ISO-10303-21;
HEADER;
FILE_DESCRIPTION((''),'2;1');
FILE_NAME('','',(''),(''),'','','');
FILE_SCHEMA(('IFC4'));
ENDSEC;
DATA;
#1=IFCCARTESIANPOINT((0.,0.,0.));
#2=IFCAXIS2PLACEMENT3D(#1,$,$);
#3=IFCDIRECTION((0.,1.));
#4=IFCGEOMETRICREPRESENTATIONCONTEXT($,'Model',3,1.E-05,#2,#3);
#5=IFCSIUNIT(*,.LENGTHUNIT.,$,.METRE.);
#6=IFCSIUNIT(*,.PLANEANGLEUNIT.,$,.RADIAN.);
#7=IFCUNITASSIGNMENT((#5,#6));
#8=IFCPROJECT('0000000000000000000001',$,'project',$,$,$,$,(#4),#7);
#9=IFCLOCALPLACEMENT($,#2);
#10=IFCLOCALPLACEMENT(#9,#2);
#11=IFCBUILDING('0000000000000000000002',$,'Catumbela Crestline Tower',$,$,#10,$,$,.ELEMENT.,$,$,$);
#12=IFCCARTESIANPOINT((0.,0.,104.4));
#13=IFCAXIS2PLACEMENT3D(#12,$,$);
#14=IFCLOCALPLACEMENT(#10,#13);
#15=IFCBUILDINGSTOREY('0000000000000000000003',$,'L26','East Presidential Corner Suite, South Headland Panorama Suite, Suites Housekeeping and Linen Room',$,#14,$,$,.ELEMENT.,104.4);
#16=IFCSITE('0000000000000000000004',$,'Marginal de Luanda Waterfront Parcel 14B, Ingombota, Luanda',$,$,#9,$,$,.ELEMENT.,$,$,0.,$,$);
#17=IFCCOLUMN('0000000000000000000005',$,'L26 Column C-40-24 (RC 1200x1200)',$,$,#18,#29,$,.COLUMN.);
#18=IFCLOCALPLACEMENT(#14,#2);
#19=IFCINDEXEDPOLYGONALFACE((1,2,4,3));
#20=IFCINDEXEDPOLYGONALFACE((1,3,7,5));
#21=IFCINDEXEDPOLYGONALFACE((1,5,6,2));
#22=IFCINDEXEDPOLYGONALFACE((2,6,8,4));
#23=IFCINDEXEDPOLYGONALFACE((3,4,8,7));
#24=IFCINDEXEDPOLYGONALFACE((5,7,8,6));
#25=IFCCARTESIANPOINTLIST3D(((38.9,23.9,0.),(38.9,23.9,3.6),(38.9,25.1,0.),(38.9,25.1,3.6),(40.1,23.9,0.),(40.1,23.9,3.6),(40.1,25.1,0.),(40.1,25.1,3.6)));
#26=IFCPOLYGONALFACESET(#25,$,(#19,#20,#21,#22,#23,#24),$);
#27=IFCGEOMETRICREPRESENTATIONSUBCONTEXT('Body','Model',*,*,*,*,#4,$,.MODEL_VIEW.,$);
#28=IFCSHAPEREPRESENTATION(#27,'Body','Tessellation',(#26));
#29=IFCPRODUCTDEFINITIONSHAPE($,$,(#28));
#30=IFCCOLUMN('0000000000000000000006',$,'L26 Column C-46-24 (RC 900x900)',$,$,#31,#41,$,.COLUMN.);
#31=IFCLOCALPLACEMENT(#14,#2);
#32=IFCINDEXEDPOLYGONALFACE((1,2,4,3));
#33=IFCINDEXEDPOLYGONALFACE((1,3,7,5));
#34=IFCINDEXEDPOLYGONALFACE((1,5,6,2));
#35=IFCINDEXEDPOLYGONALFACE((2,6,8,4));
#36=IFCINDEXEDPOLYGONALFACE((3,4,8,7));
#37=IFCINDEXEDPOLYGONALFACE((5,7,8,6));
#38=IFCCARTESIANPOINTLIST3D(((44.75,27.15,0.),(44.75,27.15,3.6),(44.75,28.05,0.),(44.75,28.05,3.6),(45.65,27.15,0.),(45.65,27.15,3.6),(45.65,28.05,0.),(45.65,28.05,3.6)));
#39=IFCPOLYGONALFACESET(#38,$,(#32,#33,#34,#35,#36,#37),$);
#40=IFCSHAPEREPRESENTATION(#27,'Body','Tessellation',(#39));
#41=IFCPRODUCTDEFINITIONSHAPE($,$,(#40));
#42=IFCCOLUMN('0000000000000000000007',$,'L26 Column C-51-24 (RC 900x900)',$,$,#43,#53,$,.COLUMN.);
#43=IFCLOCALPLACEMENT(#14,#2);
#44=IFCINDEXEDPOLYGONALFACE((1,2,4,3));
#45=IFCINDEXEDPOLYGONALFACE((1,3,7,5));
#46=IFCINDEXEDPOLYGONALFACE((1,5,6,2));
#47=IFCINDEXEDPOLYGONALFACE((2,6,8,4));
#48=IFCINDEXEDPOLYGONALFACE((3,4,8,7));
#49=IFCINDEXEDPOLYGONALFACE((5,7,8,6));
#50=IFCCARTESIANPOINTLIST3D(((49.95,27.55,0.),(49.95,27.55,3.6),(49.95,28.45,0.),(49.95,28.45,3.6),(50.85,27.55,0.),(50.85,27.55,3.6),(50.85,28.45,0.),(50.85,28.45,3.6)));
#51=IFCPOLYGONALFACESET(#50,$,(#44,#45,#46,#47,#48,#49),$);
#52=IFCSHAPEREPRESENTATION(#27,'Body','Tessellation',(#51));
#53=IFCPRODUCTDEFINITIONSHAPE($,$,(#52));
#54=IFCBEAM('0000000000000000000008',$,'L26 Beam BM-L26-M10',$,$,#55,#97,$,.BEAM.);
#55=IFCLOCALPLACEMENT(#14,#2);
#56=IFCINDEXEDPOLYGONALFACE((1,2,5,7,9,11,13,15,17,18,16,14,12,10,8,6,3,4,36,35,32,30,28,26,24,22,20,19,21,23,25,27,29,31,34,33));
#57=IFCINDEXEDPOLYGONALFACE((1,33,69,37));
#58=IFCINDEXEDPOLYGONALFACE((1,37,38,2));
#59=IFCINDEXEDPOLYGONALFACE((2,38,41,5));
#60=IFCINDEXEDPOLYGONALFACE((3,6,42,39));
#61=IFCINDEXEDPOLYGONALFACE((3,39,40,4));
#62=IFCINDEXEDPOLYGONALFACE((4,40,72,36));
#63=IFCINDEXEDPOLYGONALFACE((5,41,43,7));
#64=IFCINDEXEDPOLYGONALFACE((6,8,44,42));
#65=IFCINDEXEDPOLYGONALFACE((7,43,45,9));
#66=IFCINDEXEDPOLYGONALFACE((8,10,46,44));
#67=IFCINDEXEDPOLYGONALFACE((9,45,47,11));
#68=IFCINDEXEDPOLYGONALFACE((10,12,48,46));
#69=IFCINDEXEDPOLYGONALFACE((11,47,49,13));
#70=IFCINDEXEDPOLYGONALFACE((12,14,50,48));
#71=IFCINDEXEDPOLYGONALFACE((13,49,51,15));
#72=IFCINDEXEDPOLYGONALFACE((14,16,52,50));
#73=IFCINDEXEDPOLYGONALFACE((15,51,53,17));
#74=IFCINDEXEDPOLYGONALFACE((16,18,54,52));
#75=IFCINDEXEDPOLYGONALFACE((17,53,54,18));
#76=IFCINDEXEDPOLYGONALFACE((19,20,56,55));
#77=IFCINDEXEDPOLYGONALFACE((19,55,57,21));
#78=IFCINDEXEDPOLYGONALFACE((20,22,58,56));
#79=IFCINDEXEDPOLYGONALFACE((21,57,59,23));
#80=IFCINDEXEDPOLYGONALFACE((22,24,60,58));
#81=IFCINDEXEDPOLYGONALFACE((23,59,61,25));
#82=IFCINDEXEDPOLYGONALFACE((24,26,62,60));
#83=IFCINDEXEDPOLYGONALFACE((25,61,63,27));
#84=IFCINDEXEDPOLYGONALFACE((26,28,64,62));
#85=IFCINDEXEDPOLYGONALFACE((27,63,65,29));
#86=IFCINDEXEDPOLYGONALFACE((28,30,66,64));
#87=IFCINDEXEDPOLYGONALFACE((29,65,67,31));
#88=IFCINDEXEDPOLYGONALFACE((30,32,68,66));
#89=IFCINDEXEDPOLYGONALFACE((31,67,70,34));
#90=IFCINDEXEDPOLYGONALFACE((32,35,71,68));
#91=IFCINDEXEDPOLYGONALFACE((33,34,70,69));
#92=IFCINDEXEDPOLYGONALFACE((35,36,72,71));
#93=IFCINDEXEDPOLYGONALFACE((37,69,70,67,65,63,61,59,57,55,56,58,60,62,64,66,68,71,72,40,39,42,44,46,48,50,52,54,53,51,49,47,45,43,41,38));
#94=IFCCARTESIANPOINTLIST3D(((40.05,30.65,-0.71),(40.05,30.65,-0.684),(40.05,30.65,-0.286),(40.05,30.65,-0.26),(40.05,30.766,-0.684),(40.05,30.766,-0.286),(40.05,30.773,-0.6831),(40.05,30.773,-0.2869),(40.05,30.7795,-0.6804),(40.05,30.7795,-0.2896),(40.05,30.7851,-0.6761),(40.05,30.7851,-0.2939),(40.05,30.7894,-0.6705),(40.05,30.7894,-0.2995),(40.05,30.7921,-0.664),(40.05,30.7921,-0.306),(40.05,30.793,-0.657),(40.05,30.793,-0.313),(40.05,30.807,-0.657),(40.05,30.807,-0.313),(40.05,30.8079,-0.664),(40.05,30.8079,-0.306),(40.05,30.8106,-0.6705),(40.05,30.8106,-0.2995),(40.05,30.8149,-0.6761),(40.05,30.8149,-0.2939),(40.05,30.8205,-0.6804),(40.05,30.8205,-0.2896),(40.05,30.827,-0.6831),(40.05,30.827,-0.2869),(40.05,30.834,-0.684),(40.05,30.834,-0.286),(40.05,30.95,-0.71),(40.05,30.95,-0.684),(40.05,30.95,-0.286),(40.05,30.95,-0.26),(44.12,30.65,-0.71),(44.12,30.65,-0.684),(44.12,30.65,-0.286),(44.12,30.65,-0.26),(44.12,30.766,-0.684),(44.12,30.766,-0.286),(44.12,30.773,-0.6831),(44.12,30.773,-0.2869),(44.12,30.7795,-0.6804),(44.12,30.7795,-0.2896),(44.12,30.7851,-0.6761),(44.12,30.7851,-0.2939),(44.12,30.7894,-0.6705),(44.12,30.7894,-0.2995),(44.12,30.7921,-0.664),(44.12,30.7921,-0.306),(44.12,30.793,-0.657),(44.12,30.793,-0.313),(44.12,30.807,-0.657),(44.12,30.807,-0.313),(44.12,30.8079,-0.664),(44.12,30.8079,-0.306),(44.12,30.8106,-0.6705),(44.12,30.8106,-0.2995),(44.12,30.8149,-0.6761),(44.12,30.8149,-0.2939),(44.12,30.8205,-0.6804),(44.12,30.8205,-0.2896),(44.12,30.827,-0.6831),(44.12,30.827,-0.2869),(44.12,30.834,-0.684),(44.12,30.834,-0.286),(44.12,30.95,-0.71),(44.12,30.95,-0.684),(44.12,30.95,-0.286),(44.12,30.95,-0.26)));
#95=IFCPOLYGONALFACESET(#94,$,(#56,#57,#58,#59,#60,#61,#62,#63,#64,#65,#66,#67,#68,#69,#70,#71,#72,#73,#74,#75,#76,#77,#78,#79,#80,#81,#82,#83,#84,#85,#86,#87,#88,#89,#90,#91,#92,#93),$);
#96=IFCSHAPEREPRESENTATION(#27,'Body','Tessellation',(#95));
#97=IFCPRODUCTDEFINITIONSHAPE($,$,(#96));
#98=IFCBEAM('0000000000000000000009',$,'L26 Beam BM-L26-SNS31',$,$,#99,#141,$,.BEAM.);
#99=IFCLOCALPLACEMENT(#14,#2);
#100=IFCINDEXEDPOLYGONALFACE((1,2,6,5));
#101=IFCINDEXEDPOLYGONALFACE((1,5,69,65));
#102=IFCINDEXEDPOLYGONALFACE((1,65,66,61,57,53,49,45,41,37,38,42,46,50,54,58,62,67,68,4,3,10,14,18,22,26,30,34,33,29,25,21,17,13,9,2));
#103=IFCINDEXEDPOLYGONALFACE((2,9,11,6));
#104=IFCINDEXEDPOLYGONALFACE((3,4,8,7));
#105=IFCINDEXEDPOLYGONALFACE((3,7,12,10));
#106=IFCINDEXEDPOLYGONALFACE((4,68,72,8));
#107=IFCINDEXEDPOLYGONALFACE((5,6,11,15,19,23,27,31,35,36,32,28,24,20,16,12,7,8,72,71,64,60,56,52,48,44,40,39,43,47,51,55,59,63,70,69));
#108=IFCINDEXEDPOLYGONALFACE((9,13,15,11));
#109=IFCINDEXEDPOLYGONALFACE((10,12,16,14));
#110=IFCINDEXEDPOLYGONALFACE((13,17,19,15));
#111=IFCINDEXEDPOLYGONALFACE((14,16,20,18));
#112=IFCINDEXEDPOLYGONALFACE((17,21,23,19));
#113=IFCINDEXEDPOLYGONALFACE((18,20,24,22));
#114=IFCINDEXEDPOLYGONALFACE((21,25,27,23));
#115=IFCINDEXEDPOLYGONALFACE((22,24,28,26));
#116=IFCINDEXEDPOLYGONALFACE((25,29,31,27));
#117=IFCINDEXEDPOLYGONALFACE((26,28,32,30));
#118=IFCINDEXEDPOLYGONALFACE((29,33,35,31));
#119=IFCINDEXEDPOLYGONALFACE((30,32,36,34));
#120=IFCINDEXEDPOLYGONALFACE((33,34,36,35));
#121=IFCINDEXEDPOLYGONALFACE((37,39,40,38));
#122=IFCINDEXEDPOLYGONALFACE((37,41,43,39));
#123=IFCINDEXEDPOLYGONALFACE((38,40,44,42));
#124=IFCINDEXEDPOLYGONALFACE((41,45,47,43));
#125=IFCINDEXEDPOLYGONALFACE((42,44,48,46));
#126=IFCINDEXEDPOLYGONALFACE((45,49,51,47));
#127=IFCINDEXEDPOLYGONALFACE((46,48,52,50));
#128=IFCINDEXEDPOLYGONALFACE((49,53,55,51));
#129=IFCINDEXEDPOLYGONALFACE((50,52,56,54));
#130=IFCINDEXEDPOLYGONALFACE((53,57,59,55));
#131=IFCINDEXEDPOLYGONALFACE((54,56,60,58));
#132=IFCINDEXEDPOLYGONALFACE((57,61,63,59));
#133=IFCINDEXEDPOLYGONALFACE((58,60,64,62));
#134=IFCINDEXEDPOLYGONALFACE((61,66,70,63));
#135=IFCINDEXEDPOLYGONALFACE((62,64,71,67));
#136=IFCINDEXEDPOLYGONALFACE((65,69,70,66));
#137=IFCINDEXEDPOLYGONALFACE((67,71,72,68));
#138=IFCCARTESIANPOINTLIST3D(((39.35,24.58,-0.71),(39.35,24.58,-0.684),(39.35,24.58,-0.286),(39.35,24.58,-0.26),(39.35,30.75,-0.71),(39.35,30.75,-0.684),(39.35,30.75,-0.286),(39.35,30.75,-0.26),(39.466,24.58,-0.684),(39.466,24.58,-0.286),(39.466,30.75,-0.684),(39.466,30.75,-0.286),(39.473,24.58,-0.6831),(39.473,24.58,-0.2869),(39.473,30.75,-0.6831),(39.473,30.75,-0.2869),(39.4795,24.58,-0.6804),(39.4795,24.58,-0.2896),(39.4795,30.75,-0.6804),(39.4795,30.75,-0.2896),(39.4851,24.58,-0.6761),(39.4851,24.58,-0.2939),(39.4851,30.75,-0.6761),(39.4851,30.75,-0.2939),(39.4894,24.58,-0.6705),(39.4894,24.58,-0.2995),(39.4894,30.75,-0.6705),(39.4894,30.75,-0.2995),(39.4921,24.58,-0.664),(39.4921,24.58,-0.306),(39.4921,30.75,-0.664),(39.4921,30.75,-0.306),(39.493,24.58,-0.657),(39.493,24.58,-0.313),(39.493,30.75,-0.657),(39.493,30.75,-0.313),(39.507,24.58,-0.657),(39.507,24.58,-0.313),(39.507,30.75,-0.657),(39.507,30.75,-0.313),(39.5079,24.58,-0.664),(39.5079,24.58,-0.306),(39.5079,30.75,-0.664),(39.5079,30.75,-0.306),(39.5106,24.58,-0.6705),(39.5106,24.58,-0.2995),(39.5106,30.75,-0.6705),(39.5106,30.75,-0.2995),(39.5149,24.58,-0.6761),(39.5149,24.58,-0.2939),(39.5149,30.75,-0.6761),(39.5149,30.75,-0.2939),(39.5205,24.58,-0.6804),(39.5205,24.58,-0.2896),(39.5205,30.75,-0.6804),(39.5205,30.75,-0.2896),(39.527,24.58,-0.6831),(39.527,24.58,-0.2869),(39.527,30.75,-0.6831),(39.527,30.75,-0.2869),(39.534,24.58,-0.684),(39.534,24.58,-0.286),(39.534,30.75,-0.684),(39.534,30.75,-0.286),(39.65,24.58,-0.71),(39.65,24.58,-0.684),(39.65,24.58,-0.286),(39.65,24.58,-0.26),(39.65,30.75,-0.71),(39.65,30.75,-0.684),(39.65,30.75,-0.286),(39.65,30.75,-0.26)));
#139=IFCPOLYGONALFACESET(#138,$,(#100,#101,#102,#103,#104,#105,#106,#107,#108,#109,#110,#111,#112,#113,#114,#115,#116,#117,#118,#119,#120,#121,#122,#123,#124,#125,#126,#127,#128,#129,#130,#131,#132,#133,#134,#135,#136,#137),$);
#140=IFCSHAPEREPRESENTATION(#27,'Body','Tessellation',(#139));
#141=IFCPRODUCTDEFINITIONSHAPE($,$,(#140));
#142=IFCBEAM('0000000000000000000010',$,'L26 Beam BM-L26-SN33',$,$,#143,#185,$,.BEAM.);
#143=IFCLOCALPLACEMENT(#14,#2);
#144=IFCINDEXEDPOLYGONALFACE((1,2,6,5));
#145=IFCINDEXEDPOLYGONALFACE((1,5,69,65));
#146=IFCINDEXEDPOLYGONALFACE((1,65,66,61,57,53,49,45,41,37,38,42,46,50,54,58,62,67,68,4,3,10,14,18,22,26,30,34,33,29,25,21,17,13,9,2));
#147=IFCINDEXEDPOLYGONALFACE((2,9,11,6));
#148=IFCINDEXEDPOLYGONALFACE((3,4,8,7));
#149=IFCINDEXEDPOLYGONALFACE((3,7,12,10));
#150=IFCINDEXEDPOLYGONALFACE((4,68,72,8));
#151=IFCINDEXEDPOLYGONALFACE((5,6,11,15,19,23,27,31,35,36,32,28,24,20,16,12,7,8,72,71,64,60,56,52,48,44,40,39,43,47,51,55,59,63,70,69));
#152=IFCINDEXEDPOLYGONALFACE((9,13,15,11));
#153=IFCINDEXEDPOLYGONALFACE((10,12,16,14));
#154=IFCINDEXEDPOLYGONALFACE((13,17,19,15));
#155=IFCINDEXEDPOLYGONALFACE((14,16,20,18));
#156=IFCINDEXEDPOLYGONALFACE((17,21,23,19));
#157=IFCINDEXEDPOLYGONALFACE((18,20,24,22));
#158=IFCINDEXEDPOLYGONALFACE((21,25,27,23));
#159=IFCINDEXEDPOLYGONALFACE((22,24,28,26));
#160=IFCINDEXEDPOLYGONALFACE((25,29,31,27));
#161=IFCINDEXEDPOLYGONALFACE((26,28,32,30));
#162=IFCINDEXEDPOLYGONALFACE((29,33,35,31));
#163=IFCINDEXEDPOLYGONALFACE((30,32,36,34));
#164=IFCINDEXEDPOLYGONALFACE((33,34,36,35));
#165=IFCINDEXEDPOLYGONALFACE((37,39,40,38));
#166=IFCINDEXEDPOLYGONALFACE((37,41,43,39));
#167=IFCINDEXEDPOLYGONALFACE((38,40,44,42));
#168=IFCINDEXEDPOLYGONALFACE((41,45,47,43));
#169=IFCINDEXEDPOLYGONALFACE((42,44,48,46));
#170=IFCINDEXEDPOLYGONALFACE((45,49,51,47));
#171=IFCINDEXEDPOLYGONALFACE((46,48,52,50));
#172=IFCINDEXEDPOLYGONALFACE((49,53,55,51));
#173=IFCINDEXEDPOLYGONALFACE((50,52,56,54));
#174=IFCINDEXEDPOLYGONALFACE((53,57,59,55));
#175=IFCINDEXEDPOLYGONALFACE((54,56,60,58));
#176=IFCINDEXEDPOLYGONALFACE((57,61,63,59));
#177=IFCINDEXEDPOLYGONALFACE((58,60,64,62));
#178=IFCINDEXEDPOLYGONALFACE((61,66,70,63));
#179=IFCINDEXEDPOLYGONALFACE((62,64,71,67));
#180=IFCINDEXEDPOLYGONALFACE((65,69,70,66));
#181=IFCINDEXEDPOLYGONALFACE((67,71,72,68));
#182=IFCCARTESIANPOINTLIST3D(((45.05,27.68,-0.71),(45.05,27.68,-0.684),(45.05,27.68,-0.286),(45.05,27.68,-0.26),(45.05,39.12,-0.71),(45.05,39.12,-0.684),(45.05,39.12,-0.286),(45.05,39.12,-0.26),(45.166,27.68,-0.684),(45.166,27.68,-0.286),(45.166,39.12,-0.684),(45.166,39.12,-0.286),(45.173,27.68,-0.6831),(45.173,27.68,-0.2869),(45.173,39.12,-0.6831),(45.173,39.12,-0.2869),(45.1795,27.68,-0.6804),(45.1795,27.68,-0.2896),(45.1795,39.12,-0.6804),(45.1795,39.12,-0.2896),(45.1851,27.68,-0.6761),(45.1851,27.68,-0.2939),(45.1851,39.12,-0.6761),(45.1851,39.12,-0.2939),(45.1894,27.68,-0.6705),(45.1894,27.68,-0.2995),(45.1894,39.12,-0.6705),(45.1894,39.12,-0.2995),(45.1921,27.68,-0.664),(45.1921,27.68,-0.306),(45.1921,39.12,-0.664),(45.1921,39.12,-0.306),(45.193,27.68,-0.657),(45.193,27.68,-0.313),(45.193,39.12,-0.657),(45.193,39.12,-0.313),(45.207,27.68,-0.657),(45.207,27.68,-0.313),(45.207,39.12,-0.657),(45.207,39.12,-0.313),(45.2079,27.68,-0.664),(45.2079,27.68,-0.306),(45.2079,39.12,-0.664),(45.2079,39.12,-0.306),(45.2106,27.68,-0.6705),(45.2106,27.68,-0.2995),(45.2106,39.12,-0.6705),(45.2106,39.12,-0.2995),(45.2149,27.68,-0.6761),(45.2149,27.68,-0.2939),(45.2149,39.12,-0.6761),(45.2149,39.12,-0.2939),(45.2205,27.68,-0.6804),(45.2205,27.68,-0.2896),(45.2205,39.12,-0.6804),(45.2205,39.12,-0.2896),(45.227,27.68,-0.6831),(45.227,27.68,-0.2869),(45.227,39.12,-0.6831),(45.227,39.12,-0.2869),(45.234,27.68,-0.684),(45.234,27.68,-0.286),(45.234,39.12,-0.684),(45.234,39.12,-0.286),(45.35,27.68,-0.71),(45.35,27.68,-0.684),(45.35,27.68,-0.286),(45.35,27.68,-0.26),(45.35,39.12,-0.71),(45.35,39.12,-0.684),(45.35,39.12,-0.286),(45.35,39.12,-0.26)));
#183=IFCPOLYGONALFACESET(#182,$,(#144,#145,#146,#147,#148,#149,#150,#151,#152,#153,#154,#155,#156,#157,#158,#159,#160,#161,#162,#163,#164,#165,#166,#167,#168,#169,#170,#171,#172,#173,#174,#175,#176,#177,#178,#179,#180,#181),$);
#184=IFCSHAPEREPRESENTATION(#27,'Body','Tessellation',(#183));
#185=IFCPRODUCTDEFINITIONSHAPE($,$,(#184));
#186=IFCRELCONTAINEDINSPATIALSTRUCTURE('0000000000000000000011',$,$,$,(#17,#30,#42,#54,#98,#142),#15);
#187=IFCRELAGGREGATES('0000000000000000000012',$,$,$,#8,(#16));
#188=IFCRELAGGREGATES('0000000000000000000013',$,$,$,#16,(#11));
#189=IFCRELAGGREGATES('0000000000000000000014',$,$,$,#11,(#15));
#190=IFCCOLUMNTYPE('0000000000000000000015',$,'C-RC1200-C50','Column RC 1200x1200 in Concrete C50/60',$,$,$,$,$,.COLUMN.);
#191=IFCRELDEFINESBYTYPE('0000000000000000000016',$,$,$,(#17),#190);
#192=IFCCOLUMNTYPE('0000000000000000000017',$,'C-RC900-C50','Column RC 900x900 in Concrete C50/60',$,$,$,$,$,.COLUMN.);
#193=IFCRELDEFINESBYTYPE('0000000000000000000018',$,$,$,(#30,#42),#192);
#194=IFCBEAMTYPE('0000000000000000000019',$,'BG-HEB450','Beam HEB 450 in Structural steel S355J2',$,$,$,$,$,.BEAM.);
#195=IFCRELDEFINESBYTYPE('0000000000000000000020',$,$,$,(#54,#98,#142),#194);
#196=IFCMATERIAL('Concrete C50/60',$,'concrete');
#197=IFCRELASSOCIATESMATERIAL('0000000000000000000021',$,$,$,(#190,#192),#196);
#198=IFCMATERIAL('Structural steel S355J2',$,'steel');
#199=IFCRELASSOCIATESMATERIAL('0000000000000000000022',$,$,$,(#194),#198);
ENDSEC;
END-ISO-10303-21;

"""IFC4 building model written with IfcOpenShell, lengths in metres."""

from ifc_helpers import new_model, si_unit, direction, frame, origin, origin_2d, place, context, subcontext, project, spatial, rectangle, i_section, extrude, material, material_profile, profile_set, type_object, element, save


model = new_model("IFC4")

# Units and contexts
model_context = context("Model", 3, precision=1e-05, world=origin(), true_north=direction((0.0, 1.0)))
body_context = subcontext(model_context, "Body", "Model", "MODEL_VIEW")
ifc_project = project(units=[si_unit("LENGTHUNIT", "METRE"), si_unit("PLANEANGLEUNIT", "RADIAN")], contexts=[model_context])

# Site, building, storey
site_placement = place(None, origin())
site = spatial("IfcSite", under=ifc_project, at=site_placement, Name="Marginal de Luanda Waterfront Parcel 14B, Ingombota, Luanda", CompositionType="ELEMENT", RefElevation=0.0)
building_placement = place(site_placement, origin())
building = spatial("IfcBuilding", under=site, at=building_placement, Name="Catumbela Crestline Tower", CompositionType="ELEMENT")
storey_placement = place(building_placement, frame((0.0, 0.0, 104.4)))
storey = spatial("IfcBuildingStorey", under=building, at=storey_placement, Name="L26", Description="East Presidential Corner Suite, South Headland Panorama Suite, Suites Housekeeping and Linen Room", CompositionType="ELEMENT", Elevation=104.4)

# Columns
ifc_material_1 = material(Name="Concrete C50/60", Category="concrete")
ifc_material_profile_1 = material_profile(ifc_material_1, rectangle(XDim=1.2, YDim=1.2, at=origin_2d()), Name="RC 1200x1200")
ifc_profile_set_1 = profile_set([ifc_material_profile_1], Name="Concrete C50/60")
column_type_1 = type_object("IfcColumnType", Name="C-RC1200-C50", Description="Column RC 1200x1200 in Concrete C50/60", PredefinedType="COLUMN", material=ifc_profile_set_1)
column_placement = place(storey_placement, frame((39.5, 24.5, 0.0), z_axis=(0.0, 0.0, 1.0), x_axis=(1.0, 0.0, 0.0)))
element("IfcColumn", 1, at=column_placement, inside=storey, type_object=column_type_1, Name="L26 Column C-40-24 (RC 1200x1200)", PredefinedType="COLUMN", context=body_context, shape_type="SweptSolid", body=[
    extrude(rectangle(XDim=1.2, YDim=1.2, at=origin_2d()), origin(), (0.0, 0.0, 1.0), 3.6),
])
ifc_material_profile_2 = material_profile(ifc_material_1, rectangle(XDim=0.9, YDim=0.9, at=origin_2d()), Name="RC 900x900")
ifc_profile_set_2 = profile_set([ifc_material_profile_2], Name="Concrete C50/60")
column_type_2 = type_object("IfcColumnType", Name="C-RC900-C50", Description="Column RC 900x900 in Concrete C50/60", PredefinedType="COLUMN", material=ifc_profile_set_2)
for number, where, z_axis, x_axis, name in (
    (2, (45.2, 27.6, 0.0), (0.0, 0.0, 1.0), (1.0, 0.0, 0.0), "L26 Column C-46-24 (RC 900x900)"),
    (3, (50.4, 28.0, 0.0), (0.0, 0.0, 1.0), (1.0, 0.0, 0.0), "L26 Column C-51-24 (RC 900x900)"),
):
    element("IfcColumn", number, at=place(storey_placement, frame(where, z_axis=z_axis, x_axis=x_axis)), inside=storey, type_object=column_type_2, Name=name, PredefinedType="COLUMN", context=body_context, shape_type="SweptSolid", body=[
        extrude(rectangle(XDim=0.9, YDim=0.9, at=origin_2d()), origin(), (0.0, 0.0, 1.0), 3.6),
    ])

# Beams
ifc_material_2 = material(Name="Structural steel S355J2", Category="steel")
ifc_material_profile_3 = material_profile(ifc_material_2, i_section(OverallWidth=0.3, OverallDepth=0.45, WebThickness=0.014, FlangeThickness=0.026, FilletRadius=0.027, at=origin_2d()), Name="HEB 450")
ifc_profile_set_3 = profile_set([ifc_material_profile_3], Name="Structural steel S355J2")
beam_type_1 = type_object("IfcBeamType", Name="BG-HEB450", Description="Beam HEB 450 in Structural steel S355J2", PredefinedType="BEAM", material=ifc_profile_set_3)
beam_1_placement = place(storey_placement, frame((40.05, 30.8, -0.485), z_axis=(1.0, 0.0, 0.0), x_axis=(0.0, 1.0, 0.0)))
element("IfcBeam", 4, at=beam_1_placement, inside=storey, type_object=beam_type_1, Name="L26 Beam BM-L26-M10", PredefinedType="BEAM", context=body_context, shape_type="SweptSolid", body=[
    extrude(i_section(OverallWidth=0.3, OverallDepth=0.45, WebThickness=0.014, FlangeThickness=0.026, FilletRadius=0.027, at=origin_2d()), origin(), (0.0, 0.0, 1.0), 4.07),
])
beam_2_placement = place(storey_placement, frame((39.5, 24.58, -0.485), z_axis=(0.0, 1.0, 0.0), x_axis=(-1.0, 0.0, 0.0)))
element("IfcBeam", 5, at=beam_2_placement, inside=storey, type_object=beam_type_1, Name="L26 Beam BM-L26-SNS31", PredefinedType="BEAM", context=body_context, shape_type="SweptSolid", body=[
    extrude(i_section(OverallWidth=0.3, OverallDepth=0.45, WebThickness=0.014, FlangeThickness=0.026, FilletRadius=0.027, at=origin_2d()), origin(), (0.0, 0.0, 1.0), 6.17),
])
beam_3_placement = place(storey_placement, frame((45.2, 27.68, -0.485), z_axis=(0.0, 1.0, 0.0), x_axis=(-1.0, 0.0, 0.0)))
element("IfcBeam", 6, at=beam_3_placement, inside=storey, type_object=beam_type_1, Name="L26 Beam BM-L26-SN33", PredefinedType="BEAM", context=body_context, shape_type="SweptSolid", body=[
    extrude(i_section(OverallWidth=0.3, OverallDepth=0.45, WebThickness=0.014, FlangeThickness=0.026, FilletRadius=0.027, at=origin_2d()), origin(), (0.0, 0.0, 1.0), 11.44),
])

save(model, "model.ifc")
